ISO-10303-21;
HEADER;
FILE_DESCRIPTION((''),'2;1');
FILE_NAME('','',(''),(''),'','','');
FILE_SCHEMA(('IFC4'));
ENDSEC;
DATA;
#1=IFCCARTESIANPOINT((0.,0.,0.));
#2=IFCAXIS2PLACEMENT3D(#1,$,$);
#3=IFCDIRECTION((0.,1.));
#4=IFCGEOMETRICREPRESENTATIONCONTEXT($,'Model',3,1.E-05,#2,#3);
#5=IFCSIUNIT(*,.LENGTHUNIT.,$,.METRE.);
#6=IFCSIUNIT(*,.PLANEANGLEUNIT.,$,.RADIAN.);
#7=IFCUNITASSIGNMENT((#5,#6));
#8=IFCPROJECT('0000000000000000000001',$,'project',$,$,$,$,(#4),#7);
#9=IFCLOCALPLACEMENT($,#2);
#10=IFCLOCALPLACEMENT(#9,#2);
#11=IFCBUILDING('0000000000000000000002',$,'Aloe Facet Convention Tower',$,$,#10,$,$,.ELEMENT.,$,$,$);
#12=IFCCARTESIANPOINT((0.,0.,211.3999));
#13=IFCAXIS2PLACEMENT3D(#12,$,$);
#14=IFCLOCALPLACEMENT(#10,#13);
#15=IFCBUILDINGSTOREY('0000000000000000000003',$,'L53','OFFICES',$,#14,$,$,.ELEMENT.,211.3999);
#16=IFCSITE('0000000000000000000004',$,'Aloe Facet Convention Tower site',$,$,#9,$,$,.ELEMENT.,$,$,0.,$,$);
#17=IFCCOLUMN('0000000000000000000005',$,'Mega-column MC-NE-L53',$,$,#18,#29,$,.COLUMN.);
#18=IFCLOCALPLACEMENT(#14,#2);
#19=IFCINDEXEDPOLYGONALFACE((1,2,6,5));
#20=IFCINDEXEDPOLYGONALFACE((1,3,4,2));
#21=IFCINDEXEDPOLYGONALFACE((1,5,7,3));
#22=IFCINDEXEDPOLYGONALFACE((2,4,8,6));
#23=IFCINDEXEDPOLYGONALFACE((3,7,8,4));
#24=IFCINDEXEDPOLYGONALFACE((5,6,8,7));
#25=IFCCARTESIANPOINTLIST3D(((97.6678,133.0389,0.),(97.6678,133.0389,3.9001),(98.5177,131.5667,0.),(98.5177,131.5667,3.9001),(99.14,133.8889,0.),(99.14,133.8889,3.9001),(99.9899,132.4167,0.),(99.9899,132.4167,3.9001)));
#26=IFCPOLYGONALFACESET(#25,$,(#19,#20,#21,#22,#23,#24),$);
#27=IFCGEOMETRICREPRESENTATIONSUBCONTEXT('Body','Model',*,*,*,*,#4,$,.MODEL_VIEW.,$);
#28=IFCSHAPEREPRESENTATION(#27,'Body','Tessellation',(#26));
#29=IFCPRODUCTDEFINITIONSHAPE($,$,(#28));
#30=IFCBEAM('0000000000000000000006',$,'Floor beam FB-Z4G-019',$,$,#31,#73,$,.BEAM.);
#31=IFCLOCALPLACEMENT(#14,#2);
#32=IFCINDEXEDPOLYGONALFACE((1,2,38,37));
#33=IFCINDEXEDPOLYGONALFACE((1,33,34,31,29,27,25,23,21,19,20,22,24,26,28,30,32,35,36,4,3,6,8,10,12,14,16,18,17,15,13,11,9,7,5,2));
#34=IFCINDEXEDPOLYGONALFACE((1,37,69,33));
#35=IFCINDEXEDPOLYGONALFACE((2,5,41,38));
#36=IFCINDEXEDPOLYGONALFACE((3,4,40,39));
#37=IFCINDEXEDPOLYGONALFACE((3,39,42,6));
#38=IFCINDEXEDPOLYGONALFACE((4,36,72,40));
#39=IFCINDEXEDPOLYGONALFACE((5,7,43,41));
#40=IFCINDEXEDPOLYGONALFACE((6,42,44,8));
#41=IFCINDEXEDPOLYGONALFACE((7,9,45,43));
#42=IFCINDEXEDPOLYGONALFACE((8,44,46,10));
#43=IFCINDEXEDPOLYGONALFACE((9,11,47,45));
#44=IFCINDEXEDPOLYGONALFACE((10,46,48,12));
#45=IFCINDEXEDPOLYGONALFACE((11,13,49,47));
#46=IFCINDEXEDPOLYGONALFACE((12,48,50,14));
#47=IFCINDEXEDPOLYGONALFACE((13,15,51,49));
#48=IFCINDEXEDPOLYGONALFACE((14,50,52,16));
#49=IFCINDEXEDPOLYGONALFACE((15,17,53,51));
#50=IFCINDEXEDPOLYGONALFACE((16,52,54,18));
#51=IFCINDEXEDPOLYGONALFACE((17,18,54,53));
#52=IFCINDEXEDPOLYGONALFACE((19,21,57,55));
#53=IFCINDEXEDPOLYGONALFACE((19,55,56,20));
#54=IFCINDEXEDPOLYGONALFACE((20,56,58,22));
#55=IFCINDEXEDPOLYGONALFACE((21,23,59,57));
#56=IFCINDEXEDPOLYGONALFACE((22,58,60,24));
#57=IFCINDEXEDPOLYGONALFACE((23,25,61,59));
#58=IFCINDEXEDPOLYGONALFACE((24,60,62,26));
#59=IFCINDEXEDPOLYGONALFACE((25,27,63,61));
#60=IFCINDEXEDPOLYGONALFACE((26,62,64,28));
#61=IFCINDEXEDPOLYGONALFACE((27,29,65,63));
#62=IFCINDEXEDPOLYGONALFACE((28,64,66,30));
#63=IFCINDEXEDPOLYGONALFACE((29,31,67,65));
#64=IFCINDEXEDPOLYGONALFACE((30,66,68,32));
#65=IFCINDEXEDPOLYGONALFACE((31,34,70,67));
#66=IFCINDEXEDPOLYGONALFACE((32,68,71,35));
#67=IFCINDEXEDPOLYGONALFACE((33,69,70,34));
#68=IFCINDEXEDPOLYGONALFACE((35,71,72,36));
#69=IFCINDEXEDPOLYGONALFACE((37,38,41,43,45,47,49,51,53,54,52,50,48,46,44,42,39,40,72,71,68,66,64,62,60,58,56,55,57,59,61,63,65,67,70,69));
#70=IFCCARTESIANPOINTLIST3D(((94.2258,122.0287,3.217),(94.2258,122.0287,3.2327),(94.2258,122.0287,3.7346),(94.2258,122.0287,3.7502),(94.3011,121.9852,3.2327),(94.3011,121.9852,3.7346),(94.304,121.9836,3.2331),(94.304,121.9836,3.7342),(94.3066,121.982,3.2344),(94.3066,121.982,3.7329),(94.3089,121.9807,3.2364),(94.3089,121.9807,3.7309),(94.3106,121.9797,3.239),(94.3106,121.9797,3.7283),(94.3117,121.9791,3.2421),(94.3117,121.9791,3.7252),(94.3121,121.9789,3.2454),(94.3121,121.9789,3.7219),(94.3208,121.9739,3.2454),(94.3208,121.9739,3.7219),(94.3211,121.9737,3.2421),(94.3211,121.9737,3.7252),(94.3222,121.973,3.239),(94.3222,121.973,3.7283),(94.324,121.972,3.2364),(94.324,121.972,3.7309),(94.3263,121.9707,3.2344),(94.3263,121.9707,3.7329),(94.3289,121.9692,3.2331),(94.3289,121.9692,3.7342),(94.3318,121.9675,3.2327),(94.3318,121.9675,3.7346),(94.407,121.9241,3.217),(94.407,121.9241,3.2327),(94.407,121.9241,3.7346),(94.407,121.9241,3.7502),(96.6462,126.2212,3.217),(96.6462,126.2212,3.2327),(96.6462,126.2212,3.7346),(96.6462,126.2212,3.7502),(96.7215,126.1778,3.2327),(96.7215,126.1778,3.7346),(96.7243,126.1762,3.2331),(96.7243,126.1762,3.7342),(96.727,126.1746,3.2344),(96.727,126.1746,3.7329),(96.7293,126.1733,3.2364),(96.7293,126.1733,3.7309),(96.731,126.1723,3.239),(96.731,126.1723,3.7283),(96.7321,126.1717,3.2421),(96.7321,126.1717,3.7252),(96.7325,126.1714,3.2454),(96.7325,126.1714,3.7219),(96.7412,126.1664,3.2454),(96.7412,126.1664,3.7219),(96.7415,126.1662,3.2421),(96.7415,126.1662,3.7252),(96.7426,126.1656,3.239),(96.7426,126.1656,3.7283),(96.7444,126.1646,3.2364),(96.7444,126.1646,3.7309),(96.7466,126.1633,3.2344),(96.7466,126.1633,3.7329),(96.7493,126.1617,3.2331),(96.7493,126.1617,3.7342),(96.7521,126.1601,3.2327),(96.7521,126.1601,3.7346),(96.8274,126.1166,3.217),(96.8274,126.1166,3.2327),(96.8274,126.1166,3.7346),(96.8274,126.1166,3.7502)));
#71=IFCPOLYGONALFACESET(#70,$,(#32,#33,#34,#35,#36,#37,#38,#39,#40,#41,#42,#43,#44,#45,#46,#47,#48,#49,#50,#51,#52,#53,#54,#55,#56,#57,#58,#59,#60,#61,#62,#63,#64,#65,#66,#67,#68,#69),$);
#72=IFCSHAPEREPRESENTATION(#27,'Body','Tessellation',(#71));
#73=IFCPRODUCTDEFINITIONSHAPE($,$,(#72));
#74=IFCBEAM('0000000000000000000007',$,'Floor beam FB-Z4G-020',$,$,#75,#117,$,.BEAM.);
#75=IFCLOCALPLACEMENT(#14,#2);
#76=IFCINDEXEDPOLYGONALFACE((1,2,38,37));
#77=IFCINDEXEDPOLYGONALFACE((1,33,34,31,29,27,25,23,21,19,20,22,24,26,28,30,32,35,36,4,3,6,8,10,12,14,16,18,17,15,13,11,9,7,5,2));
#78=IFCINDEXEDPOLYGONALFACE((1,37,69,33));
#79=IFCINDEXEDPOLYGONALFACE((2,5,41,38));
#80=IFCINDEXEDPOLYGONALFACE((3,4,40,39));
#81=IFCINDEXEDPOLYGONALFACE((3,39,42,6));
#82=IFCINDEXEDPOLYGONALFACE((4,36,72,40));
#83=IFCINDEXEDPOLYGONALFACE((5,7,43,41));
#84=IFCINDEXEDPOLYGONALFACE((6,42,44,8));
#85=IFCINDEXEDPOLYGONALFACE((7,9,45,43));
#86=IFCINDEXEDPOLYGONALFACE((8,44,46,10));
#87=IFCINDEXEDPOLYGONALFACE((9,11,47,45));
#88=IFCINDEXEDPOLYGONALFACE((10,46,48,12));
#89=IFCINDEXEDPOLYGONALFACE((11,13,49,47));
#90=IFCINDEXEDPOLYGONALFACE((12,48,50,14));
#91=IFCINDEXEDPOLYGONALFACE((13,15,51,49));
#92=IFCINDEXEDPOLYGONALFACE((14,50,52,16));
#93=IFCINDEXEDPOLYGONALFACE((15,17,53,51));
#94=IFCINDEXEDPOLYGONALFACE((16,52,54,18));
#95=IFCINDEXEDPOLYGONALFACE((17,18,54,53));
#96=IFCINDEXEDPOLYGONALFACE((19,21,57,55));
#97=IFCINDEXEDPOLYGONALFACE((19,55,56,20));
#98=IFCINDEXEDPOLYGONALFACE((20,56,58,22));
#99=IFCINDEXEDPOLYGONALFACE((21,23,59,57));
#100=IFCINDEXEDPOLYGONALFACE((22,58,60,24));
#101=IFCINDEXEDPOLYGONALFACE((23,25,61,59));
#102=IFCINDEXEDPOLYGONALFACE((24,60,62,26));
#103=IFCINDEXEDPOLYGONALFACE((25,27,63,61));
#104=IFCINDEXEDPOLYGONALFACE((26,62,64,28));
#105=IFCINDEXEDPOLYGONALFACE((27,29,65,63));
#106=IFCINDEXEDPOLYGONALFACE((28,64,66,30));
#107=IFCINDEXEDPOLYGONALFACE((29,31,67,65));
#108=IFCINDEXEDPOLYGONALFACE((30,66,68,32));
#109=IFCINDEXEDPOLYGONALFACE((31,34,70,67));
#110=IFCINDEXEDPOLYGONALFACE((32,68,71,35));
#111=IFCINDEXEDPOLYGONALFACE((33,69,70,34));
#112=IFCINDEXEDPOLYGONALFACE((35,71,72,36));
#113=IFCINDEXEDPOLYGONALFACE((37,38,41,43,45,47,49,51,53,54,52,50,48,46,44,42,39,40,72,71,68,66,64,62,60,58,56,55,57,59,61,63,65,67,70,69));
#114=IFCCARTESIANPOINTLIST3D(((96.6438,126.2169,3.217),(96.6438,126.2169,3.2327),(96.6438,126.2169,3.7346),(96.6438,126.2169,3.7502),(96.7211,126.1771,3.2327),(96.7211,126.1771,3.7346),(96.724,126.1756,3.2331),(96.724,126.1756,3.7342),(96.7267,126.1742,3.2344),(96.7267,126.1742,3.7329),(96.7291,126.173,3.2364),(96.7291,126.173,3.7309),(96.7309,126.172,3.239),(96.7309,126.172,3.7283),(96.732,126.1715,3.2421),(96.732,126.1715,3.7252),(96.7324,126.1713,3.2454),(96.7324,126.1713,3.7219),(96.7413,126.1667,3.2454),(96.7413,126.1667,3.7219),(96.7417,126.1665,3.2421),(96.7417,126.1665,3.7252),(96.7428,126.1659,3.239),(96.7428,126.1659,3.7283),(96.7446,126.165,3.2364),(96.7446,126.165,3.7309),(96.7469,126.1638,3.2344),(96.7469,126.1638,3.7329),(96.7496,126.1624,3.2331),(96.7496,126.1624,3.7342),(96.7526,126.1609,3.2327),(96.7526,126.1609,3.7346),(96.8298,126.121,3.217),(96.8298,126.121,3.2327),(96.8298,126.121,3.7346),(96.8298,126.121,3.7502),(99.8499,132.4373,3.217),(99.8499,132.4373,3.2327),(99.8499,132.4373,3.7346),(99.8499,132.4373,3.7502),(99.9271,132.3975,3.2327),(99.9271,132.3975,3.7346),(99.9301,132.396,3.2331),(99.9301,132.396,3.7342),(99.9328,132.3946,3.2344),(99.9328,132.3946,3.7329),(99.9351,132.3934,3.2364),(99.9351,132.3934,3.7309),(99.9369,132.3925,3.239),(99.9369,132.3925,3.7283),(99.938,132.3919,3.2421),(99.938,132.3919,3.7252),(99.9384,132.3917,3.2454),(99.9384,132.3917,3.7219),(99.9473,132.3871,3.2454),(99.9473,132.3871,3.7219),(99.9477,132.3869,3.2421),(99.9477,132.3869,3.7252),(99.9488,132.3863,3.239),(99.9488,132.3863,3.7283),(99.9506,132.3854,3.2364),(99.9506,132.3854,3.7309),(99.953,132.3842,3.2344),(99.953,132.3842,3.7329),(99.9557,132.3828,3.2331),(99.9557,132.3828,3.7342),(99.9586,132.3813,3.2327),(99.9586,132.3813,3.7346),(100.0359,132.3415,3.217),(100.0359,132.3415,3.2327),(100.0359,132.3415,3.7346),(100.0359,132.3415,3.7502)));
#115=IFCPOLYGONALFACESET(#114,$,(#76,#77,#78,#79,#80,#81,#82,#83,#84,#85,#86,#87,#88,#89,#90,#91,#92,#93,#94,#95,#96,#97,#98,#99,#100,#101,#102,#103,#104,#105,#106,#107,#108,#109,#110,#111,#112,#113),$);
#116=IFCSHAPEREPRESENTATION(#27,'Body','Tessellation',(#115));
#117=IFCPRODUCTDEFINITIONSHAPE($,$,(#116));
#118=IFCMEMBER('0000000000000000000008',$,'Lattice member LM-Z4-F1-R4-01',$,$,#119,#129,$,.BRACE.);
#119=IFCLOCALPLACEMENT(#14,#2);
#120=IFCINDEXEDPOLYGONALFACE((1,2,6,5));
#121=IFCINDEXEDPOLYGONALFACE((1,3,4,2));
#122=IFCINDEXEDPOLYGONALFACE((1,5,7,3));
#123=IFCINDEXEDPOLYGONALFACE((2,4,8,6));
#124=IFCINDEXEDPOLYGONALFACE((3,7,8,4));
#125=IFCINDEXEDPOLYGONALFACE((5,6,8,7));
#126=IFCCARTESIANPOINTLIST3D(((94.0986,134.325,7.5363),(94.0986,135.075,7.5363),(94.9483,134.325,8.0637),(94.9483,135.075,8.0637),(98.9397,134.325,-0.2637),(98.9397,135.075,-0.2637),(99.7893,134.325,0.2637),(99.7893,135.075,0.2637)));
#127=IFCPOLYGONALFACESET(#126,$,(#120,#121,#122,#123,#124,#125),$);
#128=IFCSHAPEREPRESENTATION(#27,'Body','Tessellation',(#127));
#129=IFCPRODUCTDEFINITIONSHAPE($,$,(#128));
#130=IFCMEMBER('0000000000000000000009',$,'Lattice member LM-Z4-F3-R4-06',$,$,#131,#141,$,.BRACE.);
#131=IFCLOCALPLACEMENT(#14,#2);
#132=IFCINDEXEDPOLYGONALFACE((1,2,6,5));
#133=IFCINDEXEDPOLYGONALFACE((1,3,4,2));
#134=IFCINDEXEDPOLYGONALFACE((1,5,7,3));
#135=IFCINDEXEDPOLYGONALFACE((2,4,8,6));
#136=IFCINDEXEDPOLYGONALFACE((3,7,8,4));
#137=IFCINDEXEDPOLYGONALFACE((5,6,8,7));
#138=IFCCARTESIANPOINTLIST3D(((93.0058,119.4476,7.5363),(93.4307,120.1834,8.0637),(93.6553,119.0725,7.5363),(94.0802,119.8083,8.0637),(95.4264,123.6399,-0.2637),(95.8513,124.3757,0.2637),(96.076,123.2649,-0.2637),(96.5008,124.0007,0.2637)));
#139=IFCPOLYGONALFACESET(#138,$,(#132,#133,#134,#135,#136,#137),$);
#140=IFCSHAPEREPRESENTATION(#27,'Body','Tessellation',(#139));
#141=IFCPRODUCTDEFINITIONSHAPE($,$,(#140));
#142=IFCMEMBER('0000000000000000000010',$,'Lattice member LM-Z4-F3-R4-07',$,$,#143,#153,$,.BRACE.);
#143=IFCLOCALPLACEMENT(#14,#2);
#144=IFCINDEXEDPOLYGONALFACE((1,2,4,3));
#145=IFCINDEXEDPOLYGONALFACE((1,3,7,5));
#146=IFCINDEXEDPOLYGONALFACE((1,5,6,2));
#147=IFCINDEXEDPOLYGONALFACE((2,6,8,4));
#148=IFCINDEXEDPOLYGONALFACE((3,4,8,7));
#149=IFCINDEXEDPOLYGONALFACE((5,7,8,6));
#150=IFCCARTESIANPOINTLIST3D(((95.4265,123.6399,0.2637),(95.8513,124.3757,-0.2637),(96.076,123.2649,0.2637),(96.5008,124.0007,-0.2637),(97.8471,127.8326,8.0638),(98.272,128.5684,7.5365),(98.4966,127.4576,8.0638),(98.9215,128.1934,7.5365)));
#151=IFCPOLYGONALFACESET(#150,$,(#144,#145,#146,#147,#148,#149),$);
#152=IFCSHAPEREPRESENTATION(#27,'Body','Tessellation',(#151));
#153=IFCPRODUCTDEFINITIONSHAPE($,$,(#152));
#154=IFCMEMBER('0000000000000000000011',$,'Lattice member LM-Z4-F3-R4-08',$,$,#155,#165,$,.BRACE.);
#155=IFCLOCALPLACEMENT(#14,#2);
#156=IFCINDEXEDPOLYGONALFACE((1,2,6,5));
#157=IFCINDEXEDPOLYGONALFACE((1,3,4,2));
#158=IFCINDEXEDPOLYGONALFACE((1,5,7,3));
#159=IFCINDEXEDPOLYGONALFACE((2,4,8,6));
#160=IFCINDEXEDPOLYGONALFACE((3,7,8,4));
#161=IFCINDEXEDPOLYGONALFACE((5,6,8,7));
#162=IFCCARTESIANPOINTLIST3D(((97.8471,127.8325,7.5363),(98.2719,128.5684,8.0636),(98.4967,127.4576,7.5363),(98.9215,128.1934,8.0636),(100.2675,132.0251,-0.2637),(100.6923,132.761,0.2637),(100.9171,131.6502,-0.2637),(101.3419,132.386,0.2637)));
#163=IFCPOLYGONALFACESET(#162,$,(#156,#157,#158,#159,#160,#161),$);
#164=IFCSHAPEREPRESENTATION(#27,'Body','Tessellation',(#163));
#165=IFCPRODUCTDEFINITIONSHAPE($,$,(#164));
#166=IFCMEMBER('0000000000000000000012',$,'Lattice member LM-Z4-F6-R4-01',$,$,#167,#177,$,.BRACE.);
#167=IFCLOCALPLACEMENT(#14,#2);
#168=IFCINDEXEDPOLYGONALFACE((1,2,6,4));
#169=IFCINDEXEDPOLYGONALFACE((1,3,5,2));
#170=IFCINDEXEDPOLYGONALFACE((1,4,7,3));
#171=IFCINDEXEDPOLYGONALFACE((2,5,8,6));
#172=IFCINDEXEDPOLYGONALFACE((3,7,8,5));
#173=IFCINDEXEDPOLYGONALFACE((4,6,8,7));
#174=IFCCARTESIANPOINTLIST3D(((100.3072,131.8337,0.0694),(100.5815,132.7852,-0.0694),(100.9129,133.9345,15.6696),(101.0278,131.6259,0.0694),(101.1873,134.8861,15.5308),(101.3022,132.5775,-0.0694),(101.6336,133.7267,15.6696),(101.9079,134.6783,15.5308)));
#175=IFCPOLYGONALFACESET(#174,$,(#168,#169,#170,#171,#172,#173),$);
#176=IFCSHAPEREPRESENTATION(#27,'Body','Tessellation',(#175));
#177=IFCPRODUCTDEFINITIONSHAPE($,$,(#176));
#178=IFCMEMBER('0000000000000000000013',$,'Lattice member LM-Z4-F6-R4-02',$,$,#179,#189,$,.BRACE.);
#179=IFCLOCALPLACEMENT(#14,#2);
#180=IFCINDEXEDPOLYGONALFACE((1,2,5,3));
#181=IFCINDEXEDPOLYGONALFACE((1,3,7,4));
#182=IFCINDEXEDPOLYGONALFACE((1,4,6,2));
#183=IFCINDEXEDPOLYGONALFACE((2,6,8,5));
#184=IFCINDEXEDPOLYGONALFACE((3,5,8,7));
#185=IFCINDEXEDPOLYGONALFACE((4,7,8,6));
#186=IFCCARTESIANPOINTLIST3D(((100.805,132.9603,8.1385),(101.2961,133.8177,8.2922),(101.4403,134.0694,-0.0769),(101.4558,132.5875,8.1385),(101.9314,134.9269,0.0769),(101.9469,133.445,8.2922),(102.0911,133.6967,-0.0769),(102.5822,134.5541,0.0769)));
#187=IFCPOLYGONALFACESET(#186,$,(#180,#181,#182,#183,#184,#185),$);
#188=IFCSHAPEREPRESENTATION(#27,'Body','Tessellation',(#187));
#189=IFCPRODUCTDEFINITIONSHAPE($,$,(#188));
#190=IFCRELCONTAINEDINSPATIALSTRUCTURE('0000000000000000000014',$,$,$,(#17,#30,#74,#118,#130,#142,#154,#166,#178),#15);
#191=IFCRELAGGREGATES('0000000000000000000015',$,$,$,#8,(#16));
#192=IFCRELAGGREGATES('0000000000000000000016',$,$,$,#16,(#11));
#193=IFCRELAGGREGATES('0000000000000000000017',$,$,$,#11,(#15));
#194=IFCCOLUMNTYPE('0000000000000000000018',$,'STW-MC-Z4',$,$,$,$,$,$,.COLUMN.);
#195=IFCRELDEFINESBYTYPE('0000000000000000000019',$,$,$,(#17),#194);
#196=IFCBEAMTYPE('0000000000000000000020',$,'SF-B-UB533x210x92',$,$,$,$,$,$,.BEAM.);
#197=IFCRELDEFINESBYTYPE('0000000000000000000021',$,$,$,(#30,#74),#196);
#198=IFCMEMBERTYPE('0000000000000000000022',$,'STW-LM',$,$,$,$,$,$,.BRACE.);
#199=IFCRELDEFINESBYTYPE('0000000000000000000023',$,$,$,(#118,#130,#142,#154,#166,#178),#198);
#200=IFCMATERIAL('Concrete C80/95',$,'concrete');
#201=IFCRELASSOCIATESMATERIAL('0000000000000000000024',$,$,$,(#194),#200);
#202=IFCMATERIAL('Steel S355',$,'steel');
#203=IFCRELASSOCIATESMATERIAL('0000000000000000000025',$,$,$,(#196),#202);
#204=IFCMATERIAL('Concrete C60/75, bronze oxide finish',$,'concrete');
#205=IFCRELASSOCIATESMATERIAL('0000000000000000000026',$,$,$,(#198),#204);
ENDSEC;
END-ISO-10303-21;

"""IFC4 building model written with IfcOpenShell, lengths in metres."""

from ifc_helpers import new_model, si_unit, direction, frame, origin, origin_2d, place, context, subcontext, project, spatial, rectangle, i_section, extrude, material, material_profile, profile_set, type_object, element, save


model = new_model("IFC4")

# Units and contexts
model_context = context("Model", 3, precision=1e-05, world=origin(), true_north=direction((0.0, 1.0)))
body_context = subcontext(model_context, "Body", "Model", "MODEL_VIEW")
ifc_project = project(units=[si_unit("LENGTHUNIT", "METRE"), si_unit("PLANEANGLEUNIT", "RADIAN")], contexts=[model_context])

# Site, building, storey
site_placement = place(None, origin())
site = spatial("IfcSite", under=ifc_project, at=site_placement, Name="Aloe Facet Convention Tower site", CompositionType="ELEMENT", RefElevation=0.0)
building_placement = place(site_placement, origin())
building = spatial("IfcBuilding", under=site, at=building_placement, Name="Aloe Facet Convention Tower", CompositionType="ELEMENT")
storey_placement = place(building_placement, frame((0.0, 0.0, 211.3999)))
storey = spatial("IfcBuildingStorey", under=building, at=storey_placement, Name="L53", Description="OFFICES", CompositionType="ELEMENT", Elevation=211.3999)

# Column
ifc_material_1 = material(Name="Concrete C80/95", Category="concrete")
ifc_material_profile_1 = material_profile(ifc_material_1, rectangle(XDim=1.7, YDim=1.7, at=origin_2d()), Name="STW-MC-Z4")
ifc_profile_set_1 = profile_set([ifc_material_profile_1], Name="Concrete C80/95")
column_type = type_object("IfcColumnType", Name="STW-MC-Z4", PredefinedType="COLUMN", material=ifc_profile_set_1)
column_placement = place(storey_placement, frame((98.8289, 132.7278, 0.0), z_axis=(0.0, 0.0, 1.0), x_axis=(-0.5, 0.866025, 0.0)))
element("IfcColumn", 1, at=column_placement, inside=storey, type_object=column_type, Name="Mega-column MC-NE-L53", PredefinedType="COLUMN", context=body_context, shape_type="SweptSolid", body=[
    extrude(rectangle(XDim=1.7, YDim=1.7, at=origin_2d()), origin(), (0.0, 0.0, 1.0), 3.9001),
])

# Beams
ifc_material_2 = material(Name="Steel S355", Category="steel")
ifc_material_profile_2 = material_profile(ifc_material_2, i_section(OverallWidth=0.2092, OverallDepth=0.5332, WebThickness=0.01, FlangeThickness=0.0156, FilletRadius=0.0127, at=origin_2d()), Name="UB 533x210x92")
ifc_profile_set_2 = profile_set([ifc_material_profile_2], Name="Steel S355")
beam_type = type_object("IfcBeamType", Name="SF-B-UB533x210x92", PredefinedType="BEAM", material=ifc_profile_set_2)
beam_1_placement = place(storey_placement, frame((96.7368, 126.1689, 3.4836), z_axis=(-0.499968, -0.866044, 0.0), x_axis=(0.866044, -0.499968, 0.0)))
element("IfcBeam", 2, at=beam_1_placement, inside=storey, type_object=beam_type, Name="Floor beam FB-Z4G-019", PredefinedType="BEAM", context=body_context, shape_type="SweptSolid", body=[
    extrude(i_section(OverallWidth=0.2092, OverallDepth=0.5332, WebThickness=0.01, FlangeThickness=0.0156, FilletRadius=0.0127, at=origin_2d()), origin(), (0.0, 0.0, 1.0), 4.8411),
])
beam_2_placement = place(storey_placement, frame((99.9429, 132.3894, 3.4836), z_axis=(-0.458135, -0.888883, 0.0), x_axis=(0.888883, -0.458135, 0.0)))
element("IfcBeam", 3, at=beam_2_placement, inside=storey, type_object=beam_type, Name="Floor beam FB-Z4G-020", PredefinedType="BEAM", context=body_context, shape_type="SweptSolid", body=[
    extrude(i_section(OverallWidth=0.2092, OverallDepth=0.5332, WebThickness=0.01, FlangeThickness=0.0156, FilletRadius=0.0127, at=origin_2d()), origin(), (0.0, 0.0, 1.0), 6.998),
])

# Members
ifc_material_3 = material(Name="Concrete C60/75, bronze oxide finish", Category="concrete")
ifc_material_profile_3 = material_profile(ifc_material_3, rectangle(XDim=0.75, YDim=1.0, at=origin_2d()), Name="STW-LM")
ifc_profile_set_3 = profile_set([ifc_material_profile_3], Name="Concrete C60/75, bronze oxide finish")
member_type = type_object("IfcMemberType", Name="STW-LM", PredefinedType="BRACE", material=ifc_profile_set_3)
for number, where, z_axis, x_axis, name in (
    (4, (99.3645, 134.7, 0.0), (-0.527336, 0.0, 0.849657), (0.0, -1.0, 0.0), "Lattice member LM-Z4-F1-R4-01"),
    (5, (95.9636, 123.8203, 0.0), (-0.263682, -0.456676, 0.849658), (0.866009, -0.500028, 0.0), "Lattice member LM-Z4-F3-R4-06"),
):
    element("IfcMember", number, at=place(storey_placement, frame(where, z_axis=z_axis, x_axis=x_axis)), inside=storey, type_object=member_type, Name=name, PredefinedType="BRACE", context=body_context, shape_type="SweptSolid", body=[
        extrude(rectangle(XDim=0.75, YDim=1.0, at=origin_2d()), origin(), (0.0, 0.0, 1.0), 9.1802),
    ])
member_1_placement = place(storey_placement, frame((95.9636, 123.8203, 0.0), z_axis=(0.263678, 0.456697, 0.849648), x_axis=(-0.866022, 0.500006, 0.0)))
element("IfcMember", 6, at=member_1_placement, inside=storey, type_object=member_type, Name="Lattice member LM-Z4-F3-R4-07", PredefinedType="BRACE", context=body_context, shape_type="SweptSolid", body=[
    extrude(rectangle(XDim=0.75, YDim=1.0, at=origin_2d()), origin(), (0.0, 0.0, 1.0), 9.1804),
])
member_2_placement = place(storey_placement, frame((100.8047, 132.2056, 0.0), z_axis=(-0.263654, -0.4567, 0.849654), x_axis=(0.866044, -0.499968, 0.0)))
element("IfcMember", 7, at=member_2_placement, inside=storey, type_object=member_type, Name="Lattice member LM-Z4-F3-R4-08", PredefinedType="BRACE", context=body_context, shape_type="SweptSolid", body=[
    extrude(rectangle(XDim=0.75, YDim=1.0, at=origin_2d()), origin(), (0.0, 0.0, 1.0), 9.1802),
])
member_3_placement = place(storey_placement, frame((100.8047, 132.2056, 0.0), z_axis=(0.038452, 0.133364, 0.990321), x_axis=(-0.96086, 0.277036, 0.0)))
element("IfcMember", 8, at=member_3_placement, inside=storey, type_object=member_type, Name="Lattice member LM-Z4-F6-R4-01", PredefinedType="BRACE", context=body_context, shape_type="SweptSolid", body=[
    extrude(rectangle(XDim=0.75, YDim=1.0, at=origin_2d()), origin(), (0.0, 0.0, 1.0), 15.7527),
])
member_4_placement = place(storey_placement, frame((102.0112, 134.3118, 0.0), z_axis=(-0.076406, -0.133402, 0.988112), x_axis=(0.867749, -0.497003, 0.0)))
element("IfcMember", 9, at=member_4_placement, inside=storey, type_object=member_type, Name="Lattice member LM-Z4-F6-R4-02", PredefinedType="BRACE", context=body_context, shape_type="SweptSolid", body=[
    extrude(rectangle(XDim=0.75, YDim=1.0, at=origin_2d()), origin(), (0.0, 0.0, 1.0), 8.3142),
])

save(model, "model.ifc")
